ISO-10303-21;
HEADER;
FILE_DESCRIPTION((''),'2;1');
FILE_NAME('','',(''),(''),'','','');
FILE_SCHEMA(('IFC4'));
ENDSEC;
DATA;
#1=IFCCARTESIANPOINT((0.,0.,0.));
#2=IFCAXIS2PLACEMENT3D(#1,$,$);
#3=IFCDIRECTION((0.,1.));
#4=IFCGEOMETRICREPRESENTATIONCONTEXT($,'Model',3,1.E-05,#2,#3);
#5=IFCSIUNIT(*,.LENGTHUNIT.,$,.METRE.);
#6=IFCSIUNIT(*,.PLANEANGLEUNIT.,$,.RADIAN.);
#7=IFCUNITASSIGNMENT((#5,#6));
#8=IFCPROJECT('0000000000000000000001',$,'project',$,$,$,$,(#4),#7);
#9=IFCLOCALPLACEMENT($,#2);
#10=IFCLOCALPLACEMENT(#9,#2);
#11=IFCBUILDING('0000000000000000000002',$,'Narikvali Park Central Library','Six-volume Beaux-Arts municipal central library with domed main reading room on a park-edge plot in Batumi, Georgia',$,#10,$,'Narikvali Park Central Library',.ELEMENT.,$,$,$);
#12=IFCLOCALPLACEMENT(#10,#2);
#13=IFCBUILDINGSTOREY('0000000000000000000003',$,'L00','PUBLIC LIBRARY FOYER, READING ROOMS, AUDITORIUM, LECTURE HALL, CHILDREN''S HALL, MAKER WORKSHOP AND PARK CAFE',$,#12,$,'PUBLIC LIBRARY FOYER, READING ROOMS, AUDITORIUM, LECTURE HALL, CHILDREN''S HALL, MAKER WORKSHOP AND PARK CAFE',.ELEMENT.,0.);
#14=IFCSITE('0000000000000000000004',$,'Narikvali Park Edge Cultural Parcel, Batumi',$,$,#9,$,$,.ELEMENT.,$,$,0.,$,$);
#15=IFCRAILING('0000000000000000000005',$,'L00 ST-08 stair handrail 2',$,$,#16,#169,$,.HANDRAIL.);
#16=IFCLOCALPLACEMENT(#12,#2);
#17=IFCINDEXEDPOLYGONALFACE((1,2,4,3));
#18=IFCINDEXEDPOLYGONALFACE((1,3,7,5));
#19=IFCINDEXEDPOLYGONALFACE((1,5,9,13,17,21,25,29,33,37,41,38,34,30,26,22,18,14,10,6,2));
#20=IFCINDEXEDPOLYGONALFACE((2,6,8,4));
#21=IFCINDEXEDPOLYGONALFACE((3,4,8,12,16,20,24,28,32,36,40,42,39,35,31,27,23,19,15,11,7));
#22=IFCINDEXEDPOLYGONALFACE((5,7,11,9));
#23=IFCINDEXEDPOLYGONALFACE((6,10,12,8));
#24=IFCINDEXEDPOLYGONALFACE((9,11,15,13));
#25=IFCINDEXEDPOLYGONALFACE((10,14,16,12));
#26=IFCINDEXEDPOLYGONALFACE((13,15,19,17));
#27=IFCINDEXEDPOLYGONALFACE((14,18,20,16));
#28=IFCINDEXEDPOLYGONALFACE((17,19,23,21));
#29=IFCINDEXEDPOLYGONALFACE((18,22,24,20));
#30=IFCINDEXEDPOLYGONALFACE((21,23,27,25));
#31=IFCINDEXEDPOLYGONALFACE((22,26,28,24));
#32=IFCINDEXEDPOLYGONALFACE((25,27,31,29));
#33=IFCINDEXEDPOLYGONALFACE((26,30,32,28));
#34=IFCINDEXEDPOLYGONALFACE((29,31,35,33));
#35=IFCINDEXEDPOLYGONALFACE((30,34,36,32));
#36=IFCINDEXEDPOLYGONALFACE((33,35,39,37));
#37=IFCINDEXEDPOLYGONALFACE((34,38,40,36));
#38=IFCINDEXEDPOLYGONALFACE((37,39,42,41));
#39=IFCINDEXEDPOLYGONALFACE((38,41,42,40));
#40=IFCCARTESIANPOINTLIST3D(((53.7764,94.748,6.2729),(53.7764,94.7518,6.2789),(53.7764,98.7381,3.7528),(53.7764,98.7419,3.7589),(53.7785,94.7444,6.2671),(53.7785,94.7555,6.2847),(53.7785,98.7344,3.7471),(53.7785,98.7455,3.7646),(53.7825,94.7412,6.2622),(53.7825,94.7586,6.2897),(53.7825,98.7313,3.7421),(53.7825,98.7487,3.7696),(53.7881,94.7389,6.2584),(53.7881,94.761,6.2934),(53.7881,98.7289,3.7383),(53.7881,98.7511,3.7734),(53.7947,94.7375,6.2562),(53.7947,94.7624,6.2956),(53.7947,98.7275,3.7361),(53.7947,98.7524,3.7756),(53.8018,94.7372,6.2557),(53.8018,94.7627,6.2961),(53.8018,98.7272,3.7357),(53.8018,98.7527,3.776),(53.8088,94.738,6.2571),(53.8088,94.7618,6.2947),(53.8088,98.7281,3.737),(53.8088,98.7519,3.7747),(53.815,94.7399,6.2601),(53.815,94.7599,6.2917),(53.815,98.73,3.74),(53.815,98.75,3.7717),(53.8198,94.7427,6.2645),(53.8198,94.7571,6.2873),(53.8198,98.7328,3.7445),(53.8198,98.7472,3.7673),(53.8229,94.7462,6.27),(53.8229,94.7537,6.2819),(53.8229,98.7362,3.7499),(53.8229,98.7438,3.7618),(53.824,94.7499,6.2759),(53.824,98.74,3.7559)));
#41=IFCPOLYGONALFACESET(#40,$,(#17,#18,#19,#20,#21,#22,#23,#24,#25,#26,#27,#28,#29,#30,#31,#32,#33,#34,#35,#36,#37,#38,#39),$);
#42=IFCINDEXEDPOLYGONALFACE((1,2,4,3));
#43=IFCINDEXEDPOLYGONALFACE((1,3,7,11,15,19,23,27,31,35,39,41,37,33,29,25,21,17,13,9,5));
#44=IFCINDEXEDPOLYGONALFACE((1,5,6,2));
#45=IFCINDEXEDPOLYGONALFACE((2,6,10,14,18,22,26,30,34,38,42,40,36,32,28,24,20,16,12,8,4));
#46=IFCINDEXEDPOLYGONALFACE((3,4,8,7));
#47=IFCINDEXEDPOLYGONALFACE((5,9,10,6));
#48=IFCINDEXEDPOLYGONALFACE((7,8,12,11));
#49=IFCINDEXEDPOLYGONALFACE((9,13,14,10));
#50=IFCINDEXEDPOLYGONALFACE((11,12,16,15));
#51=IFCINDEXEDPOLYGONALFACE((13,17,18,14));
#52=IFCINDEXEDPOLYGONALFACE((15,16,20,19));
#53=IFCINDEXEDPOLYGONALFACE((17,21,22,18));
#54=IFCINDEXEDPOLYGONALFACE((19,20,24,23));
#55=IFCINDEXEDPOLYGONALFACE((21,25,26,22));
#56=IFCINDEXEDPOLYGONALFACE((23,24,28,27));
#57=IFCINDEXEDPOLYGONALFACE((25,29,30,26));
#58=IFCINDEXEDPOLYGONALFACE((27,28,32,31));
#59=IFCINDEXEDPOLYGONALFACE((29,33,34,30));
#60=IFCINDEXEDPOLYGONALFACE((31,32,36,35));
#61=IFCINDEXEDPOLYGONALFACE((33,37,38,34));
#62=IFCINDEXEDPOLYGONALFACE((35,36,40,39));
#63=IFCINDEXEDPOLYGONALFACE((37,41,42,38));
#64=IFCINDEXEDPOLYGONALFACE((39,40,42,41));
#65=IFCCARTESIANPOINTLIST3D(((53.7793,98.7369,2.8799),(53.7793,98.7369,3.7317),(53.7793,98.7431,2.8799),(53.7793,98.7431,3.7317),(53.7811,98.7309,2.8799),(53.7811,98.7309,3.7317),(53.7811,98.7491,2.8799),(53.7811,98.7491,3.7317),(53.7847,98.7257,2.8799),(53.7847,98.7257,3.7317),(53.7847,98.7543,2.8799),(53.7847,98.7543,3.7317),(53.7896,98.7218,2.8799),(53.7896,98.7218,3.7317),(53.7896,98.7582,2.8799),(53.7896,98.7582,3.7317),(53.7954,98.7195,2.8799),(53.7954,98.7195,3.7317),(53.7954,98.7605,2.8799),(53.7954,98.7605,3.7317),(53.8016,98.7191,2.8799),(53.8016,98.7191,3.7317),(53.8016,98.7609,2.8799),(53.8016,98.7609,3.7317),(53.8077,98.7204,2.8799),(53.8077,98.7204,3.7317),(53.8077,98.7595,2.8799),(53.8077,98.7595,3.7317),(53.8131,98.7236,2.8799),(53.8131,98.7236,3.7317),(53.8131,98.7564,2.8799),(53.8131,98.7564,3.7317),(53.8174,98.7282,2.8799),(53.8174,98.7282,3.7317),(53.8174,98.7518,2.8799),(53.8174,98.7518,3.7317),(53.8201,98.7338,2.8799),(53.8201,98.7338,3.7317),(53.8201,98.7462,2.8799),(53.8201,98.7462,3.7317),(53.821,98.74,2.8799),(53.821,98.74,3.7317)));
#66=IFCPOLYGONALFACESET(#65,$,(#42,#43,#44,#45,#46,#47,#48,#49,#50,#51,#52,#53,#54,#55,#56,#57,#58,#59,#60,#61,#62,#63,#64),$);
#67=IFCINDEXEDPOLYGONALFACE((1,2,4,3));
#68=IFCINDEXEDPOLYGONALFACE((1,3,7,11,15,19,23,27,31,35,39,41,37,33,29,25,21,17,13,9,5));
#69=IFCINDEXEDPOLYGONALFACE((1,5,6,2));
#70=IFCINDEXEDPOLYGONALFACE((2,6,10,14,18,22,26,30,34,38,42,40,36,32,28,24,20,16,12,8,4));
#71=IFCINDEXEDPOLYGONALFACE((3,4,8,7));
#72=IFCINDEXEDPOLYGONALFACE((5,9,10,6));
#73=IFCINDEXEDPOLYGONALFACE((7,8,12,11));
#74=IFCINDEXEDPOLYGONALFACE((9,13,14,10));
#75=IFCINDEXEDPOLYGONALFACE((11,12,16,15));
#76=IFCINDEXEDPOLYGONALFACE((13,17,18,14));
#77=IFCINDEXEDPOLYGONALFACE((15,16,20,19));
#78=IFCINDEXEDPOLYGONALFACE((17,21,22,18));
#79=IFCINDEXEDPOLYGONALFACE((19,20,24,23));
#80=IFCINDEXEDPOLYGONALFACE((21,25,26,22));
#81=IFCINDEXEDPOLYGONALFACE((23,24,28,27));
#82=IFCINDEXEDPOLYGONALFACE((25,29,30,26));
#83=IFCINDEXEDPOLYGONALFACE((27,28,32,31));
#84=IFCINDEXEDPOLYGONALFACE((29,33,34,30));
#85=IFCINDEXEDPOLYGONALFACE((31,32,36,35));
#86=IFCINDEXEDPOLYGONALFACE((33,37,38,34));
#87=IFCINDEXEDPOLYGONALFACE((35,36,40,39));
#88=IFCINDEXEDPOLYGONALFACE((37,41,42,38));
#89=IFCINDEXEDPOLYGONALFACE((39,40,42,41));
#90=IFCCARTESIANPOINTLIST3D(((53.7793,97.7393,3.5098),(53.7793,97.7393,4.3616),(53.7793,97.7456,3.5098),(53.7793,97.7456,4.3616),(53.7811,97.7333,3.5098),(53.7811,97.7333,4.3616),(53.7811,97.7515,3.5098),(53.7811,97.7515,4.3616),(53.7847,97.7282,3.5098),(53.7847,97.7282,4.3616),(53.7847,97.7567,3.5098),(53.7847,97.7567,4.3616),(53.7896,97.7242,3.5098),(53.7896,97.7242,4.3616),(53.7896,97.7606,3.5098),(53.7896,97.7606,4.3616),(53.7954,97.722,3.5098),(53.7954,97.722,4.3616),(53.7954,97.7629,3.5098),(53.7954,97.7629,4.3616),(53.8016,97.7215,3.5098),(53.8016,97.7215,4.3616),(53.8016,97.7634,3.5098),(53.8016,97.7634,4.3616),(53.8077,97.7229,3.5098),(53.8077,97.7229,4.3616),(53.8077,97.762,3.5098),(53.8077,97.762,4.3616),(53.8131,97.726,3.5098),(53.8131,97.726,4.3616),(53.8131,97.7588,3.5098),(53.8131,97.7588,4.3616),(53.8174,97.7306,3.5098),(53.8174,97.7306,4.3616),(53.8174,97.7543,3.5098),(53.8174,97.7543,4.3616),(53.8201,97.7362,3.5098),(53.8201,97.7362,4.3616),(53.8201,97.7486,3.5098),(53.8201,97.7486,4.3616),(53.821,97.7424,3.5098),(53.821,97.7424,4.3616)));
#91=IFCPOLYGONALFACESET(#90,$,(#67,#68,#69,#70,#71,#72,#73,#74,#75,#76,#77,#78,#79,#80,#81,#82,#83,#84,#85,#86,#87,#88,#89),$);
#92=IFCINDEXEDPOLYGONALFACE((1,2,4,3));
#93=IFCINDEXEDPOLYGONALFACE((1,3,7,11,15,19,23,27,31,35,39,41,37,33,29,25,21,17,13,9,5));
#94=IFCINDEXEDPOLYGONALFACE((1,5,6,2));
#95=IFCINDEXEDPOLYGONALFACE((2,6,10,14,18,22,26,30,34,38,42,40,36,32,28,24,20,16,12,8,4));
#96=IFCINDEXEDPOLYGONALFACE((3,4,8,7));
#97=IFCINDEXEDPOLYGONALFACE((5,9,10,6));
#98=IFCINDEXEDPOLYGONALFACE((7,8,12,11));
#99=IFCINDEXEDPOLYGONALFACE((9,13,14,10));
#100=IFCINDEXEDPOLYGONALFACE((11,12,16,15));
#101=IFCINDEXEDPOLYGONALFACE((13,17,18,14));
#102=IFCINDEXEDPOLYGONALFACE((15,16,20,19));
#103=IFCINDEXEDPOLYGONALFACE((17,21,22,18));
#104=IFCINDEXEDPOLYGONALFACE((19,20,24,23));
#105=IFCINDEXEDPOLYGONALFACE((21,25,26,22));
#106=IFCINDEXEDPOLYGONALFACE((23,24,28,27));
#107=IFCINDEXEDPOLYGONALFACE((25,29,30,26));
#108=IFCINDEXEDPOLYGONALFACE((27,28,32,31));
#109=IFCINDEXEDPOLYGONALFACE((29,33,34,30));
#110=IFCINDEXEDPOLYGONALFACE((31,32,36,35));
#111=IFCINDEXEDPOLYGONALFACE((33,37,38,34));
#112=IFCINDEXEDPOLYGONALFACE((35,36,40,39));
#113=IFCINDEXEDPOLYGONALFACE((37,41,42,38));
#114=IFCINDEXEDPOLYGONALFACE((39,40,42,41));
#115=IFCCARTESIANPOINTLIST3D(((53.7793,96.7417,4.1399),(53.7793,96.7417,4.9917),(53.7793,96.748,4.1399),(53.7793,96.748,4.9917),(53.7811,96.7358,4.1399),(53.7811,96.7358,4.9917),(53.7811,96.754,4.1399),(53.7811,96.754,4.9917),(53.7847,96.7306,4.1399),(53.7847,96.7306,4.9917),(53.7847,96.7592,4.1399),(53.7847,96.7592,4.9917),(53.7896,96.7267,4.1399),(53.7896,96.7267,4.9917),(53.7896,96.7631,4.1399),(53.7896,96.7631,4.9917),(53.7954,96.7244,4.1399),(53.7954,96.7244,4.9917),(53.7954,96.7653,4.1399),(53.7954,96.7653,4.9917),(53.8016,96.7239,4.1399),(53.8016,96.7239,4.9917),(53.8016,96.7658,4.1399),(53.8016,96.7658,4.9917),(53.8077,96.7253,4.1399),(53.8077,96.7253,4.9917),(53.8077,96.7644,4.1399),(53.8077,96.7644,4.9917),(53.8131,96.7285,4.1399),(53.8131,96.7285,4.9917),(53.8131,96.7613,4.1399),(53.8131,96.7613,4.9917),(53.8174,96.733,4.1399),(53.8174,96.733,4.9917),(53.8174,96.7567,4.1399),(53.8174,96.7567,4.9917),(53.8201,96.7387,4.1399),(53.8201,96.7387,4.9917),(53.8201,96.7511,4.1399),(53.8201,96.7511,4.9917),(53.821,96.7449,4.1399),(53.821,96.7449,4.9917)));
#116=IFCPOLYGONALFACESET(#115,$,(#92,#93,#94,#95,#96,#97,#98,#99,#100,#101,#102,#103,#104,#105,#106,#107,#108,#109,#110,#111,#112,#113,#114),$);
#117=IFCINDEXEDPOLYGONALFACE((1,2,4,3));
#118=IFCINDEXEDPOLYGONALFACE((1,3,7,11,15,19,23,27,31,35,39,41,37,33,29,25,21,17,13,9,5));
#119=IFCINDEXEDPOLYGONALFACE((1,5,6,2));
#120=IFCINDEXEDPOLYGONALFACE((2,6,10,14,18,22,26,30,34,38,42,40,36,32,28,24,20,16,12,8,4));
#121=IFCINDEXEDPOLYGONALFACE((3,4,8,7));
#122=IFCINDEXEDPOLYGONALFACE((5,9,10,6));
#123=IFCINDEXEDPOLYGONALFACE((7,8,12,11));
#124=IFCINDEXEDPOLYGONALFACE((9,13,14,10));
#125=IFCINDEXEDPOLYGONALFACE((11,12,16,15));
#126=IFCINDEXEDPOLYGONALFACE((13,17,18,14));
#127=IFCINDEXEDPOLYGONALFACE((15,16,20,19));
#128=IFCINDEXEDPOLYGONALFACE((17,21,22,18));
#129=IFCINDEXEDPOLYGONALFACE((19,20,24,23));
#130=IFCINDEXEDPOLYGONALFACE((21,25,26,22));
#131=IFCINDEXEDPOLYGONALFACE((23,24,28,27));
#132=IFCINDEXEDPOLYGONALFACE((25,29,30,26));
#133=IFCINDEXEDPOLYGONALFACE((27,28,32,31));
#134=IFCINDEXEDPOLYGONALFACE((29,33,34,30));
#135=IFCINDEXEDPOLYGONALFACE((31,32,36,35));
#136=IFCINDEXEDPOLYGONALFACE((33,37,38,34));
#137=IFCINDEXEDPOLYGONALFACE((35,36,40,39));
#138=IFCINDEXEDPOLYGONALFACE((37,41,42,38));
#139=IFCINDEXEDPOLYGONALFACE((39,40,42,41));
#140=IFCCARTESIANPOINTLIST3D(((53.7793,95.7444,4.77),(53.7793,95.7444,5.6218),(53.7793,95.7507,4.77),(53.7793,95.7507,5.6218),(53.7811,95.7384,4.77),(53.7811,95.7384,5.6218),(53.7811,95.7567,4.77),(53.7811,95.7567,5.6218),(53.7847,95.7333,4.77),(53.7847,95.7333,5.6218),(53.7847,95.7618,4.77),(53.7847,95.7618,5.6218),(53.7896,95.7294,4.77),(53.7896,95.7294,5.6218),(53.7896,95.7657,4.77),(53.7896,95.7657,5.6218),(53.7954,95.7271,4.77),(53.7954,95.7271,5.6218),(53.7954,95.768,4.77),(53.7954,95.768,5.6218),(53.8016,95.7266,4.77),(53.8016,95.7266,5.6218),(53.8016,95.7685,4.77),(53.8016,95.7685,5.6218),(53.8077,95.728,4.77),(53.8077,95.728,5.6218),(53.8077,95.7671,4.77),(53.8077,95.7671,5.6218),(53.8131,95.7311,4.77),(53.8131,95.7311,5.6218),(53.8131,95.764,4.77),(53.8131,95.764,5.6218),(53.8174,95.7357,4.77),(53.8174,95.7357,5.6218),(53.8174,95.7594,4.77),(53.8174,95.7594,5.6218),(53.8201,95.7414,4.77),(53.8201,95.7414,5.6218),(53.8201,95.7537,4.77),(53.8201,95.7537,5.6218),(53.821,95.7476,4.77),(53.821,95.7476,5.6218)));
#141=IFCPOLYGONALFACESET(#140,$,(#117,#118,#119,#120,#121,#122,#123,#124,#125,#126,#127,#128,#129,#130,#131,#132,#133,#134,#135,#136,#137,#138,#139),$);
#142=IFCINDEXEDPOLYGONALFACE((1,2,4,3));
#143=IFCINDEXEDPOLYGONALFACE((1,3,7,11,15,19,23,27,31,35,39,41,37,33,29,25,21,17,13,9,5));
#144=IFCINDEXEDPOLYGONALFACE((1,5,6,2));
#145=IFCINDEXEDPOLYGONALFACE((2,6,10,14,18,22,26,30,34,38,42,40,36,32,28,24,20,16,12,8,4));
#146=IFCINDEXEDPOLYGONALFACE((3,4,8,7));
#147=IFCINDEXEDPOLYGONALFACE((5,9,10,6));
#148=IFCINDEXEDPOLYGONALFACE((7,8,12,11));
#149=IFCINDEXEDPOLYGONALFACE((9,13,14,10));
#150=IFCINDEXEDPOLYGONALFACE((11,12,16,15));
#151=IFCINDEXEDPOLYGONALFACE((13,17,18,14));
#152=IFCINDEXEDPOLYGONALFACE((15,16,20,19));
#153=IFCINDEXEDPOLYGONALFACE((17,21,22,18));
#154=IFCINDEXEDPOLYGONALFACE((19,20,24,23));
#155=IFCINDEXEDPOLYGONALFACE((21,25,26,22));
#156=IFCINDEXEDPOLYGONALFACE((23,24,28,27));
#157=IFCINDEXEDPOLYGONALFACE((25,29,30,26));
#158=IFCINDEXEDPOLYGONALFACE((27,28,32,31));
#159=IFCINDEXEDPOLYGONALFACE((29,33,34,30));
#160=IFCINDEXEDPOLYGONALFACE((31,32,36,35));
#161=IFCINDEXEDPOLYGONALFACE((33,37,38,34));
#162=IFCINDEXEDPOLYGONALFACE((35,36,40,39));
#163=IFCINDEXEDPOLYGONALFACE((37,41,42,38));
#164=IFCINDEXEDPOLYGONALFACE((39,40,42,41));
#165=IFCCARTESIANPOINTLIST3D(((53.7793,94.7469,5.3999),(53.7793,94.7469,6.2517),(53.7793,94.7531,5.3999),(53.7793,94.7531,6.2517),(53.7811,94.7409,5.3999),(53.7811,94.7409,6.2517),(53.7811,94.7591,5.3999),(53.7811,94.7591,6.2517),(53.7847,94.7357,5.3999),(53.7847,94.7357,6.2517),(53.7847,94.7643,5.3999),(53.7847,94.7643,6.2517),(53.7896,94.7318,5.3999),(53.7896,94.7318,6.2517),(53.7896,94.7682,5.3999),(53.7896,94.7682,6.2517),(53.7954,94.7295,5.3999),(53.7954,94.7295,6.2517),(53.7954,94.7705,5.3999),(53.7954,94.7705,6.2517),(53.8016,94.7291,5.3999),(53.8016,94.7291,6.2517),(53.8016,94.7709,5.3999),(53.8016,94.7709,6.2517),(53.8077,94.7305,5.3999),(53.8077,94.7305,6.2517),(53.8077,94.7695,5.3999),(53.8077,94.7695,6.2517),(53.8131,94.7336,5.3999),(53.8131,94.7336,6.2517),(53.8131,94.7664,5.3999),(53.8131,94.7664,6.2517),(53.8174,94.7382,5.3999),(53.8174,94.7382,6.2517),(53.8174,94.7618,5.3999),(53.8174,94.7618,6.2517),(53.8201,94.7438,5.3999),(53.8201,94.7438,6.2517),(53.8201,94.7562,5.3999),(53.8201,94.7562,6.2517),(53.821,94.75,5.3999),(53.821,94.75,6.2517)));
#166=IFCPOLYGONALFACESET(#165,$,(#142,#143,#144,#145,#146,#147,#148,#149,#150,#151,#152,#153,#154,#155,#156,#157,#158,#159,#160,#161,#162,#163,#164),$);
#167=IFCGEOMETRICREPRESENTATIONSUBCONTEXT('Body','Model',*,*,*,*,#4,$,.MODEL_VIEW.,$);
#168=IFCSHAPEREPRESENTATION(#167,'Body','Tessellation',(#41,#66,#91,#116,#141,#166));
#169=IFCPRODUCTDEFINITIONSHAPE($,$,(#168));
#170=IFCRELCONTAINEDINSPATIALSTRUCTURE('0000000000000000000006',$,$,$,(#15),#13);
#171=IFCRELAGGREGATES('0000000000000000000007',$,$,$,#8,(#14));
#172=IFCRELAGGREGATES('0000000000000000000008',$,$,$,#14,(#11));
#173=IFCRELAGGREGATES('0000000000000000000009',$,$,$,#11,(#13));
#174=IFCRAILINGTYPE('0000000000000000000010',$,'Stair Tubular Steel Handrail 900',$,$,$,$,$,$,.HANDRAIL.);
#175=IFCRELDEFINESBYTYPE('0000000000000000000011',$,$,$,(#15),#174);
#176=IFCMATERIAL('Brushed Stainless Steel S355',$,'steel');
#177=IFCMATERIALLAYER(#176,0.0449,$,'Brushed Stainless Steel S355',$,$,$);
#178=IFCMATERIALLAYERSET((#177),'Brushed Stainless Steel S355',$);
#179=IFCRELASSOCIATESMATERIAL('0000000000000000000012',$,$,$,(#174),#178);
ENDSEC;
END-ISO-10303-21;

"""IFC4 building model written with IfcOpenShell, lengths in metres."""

from ifc_helpers import new_model, si_unit, direction, frame, origin, origin_2d, place, context, subcontext, project, spatial, circle, extrude, material, layer, layer_set, type_object, element, save


model = new_model("IFC4")

# Units and contexts
model_context = context("Model", 3, precision=1e-05, world=origin(), true_north=direction((0.0, 1.0)))
body_context = subcontext(model_context, "Body", "Model", "MODEL_VIEW")
ifc_project = project(units=[si_unit("LENGTHUNIT", "METRE"), si_unit("PLANEANGLEUNIT", "RADIAN")], contexts=[model_context])

# Site, building, storey
site_placement = place(None, origin())
site = spatial("IfcSite", under=ifc_project, at=site_placement, Name="Narikvali Park Edge Cultural Parcel, Batumi", CompositionType="ELEMENT", RefElevation=0.0)
building_placement = place(site_placement, origin())
building = spatial("IfcBuilding", under=site, at=building_placement, Name="Narikvali Park Central Library", Description="Six-volume Beaux-Arts municipal central library with domed main reading room on a park-edge plot in Batumi, Georgia", LongName="Narikvali Park Central Library", CompositionType="ELEMENT")
storey_placement = place(building_placement, origin())
storey = spatial("IfcBuildingStorey", under=building, at=storey_placement, Name="L00", Description="PUBLIC LIBRARY FOYER, READING ROOMS, AUDITORIUM, LECTURE HALL, CHILDREN'S HALL, MAKER WORKSHOP AND PARK CAFE", LongName="PUBLIC LIBRARY FOYER, READING ROOMS, AUDITORIUM, LECTURE HALL, CHILDREN'S HALL, MAKER WORKSHOP AND PARK CAFE", CompositionType="ELEMENT", Elevation=0.0)

# Shared definitions
ifc_material_1 = material(Name="Brushed Stainless Steel S355", Category="steel")

# Railing
ifc_layer_1 = layer(ifc_material_1, 0.0449, Name="Brushed Stainless Steel S355")
ifc_layer_set_1 = layer_set([ifc_layer_1], Name="Brushed Stainless Steel S355")
railing_type_1 = type_object("IfcRailingType", Name="Stair Tubular Steel Handrail 900", PredefinedType="HANDRAIL", material=ifc_layer_set_1)
railing_1_placement = place(storey_placement, frame((53.8, 98.74, 2.8799)))
element("IfcRailing", 1, at=railing_1_placement, inside=storey, type_object=railing_type_1, Name="L00 ST-08 stair handrail 2", PredefinedType="HANDRAIL", context=body_context, shape_type="SweptSolid", body=[
    extrude(circle(Radius=0.0239, at=origin_2d()), frame((0.0, 0.0, 0.876), z_axis=(0.0, -0.845486, 0.533997), x_axis=(1.0, 0.0, 0.0)), (0.0, 0.0, 1.0), 4.7192),
    extrude(circle(Radius=0.021, at=origin_2d()), origin(), (0.0, 0.0, 1.0), 0.8518),
    extrude(circle(Radius=0.021, at=origin_2d()), frame((0.0, -0.9976, 0.6299)), (0.0, 0.0, 1.0), 0.8518),
    extrude(circle(Radius=0.021, at=origin_2d()), frame((0.0, -1.9951, 1.26)), (0.0, 0.0, 1.0), 0.8518),
    extrude(circle(Radius=0.021, at=origin_2d()), frame((0.0, -2.9924, 1.8901)), (0.0, 0.0, 1.0), 0.8518),
    extrude(circle(Radius=0.021, at=origin_2d()), frame((0.0, -3.99, 2.52)), (0.0, 0.0, 1.0), 0.8518),
])

save(model, "model.ifc")
